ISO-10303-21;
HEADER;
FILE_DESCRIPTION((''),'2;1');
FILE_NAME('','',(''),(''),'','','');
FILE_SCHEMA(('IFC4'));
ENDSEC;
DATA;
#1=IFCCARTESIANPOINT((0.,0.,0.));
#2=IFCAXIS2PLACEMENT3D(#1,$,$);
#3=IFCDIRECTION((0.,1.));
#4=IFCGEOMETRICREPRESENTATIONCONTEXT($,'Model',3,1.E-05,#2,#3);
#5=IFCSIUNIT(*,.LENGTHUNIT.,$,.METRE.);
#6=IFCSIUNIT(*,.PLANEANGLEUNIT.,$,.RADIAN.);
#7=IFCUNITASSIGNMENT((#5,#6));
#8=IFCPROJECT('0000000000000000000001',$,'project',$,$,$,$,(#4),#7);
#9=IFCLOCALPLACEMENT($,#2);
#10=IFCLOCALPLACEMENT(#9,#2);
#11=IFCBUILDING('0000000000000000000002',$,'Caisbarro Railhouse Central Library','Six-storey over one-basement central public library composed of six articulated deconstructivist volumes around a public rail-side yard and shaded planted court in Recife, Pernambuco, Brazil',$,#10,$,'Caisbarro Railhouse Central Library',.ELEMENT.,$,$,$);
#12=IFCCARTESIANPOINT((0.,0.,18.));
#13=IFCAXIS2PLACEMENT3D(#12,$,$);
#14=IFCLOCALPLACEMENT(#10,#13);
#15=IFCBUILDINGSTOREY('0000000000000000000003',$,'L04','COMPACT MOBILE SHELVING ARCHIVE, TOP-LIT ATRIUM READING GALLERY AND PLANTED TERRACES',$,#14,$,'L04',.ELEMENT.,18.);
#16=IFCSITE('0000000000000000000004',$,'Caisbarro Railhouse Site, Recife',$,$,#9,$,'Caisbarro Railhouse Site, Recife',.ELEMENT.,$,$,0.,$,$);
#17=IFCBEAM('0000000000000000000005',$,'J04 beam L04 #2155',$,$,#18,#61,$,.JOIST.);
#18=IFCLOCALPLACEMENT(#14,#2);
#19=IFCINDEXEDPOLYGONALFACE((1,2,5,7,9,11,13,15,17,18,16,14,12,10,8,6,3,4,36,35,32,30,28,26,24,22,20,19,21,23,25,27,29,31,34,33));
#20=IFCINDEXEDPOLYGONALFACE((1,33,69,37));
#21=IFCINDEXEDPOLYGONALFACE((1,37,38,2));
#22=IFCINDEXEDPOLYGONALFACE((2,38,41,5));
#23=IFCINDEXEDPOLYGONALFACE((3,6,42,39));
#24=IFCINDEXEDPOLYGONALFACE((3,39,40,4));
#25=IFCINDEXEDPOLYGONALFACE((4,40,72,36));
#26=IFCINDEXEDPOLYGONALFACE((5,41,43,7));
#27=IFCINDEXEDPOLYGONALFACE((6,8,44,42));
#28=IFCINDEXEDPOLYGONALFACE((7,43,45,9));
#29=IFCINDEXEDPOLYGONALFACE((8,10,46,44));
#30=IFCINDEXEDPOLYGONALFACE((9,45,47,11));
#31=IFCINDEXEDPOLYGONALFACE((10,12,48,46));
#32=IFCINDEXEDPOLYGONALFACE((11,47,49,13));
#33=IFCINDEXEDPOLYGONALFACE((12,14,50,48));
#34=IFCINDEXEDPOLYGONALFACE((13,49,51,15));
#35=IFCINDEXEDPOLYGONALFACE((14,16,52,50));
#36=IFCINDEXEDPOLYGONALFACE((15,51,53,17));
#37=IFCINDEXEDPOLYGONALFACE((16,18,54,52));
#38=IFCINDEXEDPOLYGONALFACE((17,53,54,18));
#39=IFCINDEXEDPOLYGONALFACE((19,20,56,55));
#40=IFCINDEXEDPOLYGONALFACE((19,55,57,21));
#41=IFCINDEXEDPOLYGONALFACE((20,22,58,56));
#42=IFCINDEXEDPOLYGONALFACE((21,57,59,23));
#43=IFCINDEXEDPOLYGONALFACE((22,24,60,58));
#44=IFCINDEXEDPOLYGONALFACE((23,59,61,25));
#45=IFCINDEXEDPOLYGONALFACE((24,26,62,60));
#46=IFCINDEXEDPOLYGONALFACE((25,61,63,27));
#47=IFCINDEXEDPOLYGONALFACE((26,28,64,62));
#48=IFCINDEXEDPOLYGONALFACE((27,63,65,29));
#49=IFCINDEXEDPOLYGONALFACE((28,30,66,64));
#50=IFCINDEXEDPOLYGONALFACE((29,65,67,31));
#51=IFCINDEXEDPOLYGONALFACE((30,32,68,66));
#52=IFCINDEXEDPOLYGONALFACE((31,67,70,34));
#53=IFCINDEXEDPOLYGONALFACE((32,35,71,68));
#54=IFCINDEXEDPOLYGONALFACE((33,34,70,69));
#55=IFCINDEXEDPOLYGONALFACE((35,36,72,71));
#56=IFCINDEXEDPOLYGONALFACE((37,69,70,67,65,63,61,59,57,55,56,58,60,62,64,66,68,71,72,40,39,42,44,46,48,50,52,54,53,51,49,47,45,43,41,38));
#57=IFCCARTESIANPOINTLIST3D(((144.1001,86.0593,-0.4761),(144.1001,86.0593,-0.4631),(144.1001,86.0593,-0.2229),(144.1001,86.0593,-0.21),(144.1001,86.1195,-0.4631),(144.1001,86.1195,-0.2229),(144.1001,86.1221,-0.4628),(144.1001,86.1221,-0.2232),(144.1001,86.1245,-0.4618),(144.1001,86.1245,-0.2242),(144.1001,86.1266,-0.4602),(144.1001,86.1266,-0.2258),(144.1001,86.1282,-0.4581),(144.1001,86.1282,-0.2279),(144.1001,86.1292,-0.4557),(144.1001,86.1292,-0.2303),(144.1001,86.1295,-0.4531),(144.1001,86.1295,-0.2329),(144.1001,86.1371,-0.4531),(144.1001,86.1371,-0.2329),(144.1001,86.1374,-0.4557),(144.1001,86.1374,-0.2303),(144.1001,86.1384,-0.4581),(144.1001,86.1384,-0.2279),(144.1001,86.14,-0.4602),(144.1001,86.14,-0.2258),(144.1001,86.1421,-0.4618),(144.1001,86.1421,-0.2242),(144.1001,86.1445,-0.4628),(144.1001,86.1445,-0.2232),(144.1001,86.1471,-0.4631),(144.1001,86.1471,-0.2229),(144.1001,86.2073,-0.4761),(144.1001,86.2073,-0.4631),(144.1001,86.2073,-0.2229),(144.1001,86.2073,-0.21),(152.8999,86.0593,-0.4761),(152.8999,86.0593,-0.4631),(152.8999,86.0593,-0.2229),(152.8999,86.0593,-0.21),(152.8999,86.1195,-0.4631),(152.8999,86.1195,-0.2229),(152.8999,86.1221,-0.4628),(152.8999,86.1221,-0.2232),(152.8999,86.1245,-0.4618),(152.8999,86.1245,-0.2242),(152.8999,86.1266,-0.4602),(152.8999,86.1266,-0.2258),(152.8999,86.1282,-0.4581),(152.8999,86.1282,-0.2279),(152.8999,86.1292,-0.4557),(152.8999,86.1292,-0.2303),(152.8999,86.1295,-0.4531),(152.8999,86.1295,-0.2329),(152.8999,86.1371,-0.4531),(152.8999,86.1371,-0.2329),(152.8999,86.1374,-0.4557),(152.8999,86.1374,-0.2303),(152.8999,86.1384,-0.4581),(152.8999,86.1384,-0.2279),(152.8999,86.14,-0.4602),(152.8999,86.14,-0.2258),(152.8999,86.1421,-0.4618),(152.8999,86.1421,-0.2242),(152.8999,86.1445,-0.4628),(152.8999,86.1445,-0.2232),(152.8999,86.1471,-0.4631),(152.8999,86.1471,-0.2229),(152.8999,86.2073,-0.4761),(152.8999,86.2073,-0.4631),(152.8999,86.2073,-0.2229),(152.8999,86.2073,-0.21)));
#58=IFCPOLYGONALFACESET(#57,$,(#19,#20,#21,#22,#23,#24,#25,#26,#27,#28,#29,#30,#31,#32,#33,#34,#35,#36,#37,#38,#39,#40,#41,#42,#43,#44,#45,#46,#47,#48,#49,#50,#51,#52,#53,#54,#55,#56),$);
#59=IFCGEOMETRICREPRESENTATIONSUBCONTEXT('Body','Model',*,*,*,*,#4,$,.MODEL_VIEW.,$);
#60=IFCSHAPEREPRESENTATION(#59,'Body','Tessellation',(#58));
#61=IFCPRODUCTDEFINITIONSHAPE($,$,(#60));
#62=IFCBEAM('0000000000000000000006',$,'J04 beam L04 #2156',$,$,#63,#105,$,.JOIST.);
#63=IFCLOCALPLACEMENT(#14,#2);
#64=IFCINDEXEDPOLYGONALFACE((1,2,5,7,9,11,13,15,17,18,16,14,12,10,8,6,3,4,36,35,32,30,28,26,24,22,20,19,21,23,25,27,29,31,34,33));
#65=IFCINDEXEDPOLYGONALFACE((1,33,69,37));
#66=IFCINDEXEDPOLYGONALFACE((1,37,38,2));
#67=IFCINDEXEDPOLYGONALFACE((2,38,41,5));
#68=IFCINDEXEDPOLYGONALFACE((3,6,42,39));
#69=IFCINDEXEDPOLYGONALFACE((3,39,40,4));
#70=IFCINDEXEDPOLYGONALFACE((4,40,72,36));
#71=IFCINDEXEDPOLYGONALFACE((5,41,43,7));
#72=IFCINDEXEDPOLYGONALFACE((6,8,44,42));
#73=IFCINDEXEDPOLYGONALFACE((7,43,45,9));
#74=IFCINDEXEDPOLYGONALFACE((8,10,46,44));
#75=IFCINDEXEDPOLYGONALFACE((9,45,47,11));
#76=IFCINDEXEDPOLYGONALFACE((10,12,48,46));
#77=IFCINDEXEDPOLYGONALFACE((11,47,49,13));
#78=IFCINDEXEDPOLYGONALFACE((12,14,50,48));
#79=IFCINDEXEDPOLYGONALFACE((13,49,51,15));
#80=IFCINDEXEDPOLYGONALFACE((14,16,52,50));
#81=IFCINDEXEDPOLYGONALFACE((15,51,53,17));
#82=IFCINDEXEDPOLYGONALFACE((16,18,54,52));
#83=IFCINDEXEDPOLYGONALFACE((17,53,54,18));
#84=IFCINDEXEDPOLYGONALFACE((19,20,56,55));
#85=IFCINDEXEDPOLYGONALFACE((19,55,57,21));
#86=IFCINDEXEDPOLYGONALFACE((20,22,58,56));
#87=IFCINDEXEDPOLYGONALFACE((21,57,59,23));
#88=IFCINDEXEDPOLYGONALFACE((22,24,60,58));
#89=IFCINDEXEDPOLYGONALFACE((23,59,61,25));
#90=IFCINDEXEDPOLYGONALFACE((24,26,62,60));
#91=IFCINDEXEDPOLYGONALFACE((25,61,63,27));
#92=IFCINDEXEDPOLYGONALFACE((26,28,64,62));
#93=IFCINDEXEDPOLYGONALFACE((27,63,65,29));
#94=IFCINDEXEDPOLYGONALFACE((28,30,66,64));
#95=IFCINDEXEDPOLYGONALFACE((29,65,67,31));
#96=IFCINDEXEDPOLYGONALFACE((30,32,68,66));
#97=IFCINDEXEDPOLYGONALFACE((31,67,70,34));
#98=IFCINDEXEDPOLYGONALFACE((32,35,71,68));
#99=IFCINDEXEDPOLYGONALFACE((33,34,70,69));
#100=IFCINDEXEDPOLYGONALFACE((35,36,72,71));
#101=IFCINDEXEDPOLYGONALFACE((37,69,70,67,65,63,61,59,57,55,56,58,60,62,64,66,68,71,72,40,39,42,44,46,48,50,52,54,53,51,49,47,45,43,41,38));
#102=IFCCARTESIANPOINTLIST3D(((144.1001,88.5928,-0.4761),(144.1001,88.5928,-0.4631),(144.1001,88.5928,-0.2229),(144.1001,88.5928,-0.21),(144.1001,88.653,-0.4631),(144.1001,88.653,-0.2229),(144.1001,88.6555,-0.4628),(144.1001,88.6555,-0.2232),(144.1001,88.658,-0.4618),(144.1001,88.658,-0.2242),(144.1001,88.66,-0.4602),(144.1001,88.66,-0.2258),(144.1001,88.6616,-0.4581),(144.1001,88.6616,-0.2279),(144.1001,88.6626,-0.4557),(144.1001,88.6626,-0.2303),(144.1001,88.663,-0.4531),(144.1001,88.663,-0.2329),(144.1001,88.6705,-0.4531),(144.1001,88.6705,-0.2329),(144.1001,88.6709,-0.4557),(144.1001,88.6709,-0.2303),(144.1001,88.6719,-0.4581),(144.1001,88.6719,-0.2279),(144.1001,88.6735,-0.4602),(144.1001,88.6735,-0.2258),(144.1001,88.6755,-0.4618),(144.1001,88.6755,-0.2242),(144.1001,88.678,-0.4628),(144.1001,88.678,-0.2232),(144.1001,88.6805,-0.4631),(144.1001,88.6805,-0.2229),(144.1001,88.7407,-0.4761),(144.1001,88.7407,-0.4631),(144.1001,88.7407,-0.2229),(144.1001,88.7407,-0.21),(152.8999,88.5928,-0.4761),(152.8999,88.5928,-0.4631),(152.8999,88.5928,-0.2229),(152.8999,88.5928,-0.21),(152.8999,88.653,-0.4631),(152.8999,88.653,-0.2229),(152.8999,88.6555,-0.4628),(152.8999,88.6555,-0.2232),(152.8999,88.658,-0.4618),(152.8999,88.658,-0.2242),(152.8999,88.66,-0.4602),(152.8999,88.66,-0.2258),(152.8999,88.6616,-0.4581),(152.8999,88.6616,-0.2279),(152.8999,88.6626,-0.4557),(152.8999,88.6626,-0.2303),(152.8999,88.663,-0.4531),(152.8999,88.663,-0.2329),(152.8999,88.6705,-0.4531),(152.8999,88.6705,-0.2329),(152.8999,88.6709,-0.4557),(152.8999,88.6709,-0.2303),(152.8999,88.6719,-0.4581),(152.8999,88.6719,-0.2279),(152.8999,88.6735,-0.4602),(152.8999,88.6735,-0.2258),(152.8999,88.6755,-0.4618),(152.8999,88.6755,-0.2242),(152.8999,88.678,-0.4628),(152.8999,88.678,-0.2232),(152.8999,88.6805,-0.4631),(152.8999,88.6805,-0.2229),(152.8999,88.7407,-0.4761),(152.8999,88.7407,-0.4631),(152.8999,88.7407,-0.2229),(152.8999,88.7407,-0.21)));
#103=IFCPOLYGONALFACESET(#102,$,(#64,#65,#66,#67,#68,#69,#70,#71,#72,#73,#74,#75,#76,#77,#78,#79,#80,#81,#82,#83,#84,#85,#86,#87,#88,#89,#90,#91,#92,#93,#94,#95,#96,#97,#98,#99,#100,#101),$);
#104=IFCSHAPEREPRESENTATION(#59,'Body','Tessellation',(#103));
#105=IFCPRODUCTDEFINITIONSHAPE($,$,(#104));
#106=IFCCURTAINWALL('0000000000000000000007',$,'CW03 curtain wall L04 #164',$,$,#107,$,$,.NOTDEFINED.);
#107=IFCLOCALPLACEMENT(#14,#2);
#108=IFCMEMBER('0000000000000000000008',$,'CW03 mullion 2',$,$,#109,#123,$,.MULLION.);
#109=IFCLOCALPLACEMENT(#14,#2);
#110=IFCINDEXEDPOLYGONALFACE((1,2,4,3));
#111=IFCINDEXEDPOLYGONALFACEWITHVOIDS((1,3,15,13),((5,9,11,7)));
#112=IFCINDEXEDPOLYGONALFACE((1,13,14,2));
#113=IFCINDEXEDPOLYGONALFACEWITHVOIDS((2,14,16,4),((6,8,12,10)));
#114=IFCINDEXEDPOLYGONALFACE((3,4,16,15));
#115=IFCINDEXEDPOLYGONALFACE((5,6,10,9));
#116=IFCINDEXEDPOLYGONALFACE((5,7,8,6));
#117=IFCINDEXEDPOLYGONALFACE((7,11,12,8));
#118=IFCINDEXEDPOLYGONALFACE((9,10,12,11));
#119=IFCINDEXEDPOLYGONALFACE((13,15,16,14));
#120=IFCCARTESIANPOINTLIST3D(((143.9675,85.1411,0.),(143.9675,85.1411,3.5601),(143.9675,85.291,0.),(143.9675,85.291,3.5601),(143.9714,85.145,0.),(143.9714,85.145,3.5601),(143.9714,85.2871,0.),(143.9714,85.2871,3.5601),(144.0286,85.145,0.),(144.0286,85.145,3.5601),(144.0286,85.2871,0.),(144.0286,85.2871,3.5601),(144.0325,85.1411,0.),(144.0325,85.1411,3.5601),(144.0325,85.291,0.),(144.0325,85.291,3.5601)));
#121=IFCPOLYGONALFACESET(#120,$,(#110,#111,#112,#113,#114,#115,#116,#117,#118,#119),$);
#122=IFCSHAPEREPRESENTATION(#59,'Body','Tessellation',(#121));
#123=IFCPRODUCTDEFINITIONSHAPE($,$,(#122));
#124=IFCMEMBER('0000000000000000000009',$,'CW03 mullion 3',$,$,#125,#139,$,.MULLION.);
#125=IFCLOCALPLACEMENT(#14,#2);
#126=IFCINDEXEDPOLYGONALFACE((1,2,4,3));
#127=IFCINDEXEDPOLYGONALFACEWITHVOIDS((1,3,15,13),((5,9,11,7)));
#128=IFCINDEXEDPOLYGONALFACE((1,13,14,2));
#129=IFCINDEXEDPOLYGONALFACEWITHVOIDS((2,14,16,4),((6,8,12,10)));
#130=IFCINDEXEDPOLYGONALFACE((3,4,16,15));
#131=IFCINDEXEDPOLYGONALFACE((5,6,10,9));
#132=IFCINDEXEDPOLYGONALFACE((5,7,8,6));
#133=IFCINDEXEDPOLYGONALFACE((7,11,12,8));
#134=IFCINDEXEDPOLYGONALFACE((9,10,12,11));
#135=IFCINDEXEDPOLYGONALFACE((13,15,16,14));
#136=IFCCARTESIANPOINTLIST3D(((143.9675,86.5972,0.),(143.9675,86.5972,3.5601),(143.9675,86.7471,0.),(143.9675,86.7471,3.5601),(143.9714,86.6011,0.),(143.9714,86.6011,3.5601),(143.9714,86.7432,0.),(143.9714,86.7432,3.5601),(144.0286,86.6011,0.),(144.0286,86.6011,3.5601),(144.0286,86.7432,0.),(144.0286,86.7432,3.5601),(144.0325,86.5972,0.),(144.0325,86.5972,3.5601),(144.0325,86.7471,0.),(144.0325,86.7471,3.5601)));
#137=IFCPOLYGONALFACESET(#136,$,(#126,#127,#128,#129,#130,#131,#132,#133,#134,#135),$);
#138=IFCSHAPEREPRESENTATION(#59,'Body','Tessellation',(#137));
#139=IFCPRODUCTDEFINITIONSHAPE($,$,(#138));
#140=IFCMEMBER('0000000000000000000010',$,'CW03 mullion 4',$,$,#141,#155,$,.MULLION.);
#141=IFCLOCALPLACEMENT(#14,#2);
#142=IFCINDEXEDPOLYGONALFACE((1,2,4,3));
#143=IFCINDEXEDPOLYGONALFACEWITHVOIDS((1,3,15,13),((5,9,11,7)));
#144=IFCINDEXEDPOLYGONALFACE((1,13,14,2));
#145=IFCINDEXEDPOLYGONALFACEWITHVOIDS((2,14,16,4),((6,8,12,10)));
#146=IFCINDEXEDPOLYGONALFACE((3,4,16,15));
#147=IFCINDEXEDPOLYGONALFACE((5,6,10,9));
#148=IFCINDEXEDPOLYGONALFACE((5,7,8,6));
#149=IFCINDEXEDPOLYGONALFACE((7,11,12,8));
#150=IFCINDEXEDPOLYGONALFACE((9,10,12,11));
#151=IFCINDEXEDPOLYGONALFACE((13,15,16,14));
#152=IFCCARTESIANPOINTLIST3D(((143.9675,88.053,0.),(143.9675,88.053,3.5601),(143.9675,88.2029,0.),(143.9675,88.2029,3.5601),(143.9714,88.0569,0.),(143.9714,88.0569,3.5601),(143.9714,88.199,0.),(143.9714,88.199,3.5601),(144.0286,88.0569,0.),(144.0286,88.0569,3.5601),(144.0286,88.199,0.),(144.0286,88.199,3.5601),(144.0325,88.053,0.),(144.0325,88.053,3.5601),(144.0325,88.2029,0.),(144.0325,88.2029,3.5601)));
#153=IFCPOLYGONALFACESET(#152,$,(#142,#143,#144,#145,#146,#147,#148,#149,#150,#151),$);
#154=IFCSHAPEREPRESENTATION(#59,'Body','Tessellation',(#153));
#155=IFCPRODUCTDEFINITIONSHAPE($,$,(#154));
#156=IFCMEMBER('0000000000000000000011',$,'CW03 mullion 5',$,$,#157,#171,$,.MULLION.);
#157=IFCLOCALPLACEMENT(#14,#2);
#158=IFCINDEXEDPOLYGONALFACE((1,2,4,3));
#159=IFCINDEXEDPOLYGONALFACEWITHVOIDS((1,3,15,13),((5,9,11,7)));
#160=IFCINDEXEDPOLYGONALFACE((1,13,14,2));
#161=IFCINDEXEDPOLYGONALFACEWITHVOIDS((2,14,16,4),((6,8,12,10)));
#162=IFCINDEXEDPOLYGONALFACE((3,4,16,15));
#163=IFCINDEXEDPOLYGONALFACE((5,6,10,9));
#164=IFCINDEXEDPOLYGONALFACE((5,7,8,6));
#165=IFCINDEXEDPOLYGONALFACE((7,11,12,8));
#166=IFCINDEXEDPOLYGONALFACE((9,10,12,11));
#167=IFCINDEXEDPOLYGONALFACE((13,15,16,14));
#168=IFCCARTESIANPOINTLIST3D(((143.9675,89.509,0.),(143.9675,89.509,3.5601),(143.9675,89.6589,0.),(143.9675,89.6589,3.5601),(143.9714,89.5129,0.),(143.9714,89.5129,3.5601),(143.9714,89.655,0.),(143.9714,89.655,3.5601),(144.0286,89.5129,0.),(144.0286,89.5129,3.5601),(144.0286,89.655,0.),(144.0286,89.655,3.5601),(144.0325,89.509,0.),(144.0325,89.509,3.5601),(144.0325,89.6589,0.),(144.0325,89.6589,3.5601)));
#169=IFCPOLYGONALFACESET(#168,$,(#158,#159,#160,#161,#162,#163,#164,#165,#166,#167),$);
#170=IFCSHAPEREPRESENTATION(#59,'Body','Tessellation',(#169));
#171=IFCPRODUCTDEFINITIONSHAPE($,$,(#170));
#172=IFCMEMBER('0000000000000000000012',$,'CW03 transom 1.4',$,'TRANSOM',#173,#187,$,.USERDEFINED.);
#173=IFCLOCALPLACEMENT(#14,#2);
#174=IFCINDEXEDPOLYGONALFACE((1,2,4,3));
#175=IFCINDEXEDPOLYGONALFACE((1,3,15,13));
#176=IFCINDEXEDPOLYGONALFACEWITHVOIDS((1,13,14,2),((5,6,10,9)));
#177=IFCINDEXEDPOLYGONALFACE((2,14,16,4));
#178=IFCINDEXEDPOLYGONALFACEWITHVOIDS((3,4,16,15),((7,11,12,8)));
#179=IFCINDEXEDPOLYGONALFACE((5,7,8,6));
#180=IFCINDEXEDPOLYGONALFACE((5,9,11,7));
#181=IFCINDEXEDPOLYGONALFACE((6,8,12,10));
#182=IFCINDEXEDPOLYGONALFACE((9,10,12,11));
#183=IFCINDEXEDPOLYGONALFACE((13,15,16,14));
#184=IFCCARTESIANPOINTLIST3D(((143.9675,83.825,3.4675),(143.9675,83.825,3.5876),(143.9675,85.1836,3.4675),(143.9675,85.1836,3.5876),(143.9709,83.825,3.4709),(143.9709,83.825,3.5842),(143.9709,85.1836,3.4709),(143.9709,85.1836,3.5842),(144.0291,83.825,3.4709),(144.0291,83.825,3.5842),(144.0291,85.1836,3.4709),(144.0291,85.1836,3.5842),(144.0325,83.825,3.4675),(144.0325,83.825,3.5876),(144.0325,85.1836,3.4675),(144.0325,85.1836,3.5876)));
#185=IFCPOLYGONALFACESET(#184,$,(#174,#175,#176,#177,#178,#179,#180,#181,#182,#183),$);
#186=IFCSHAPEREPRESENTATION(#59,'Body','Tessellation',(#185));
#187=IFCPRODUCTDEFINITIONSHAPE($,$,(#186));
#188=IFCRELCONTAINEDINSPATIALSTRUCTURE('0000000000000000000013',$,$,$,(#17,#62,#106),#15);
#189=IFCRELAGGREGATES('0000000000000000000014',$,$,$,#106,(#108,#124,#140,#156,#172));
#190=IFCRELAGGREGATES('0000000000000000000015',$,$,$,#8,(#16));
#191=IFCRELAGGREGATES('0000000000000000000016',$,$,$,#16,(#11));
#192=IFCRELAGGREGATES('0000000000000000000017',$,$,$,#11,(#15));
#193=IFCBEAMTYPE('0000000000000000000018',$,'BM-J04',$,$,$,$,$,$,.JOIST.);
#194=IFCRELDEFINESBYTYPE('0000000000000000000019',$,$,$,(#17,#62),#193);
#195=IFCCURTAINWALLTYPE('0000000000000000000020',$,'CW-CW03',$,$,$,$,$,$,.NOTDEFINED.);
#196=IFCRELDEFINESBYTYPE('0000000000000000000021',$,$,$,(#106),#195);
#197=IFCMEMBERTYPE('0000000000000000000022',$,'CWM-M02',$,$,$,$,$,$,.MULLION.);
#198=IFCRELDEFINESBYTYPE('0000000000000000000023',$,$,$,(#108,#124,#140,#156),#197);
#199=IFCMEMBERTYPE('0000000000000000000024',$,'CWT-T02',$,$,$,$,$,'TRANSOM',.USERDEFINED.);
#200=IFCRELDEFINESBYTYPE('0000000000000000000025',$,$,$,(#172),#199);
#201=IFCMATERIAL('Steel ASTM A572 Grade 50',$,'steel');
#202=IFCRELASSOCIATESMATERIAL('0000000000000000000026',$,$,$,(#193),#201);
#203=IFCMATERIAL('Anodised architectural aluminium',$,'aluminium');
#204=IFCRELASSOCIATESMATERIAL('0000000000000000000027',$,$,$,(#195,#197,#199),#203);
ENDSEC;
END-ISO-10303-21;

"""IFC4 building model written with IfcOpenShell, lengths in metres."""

from ifc_helpers import new_model, si_unit, direction, frame, origin, origin_2d, place, context, subcontext, project, spatial, hollow_rectangle, i_section, extrude, material, material_profile, profile_set, type_object, element, aggregate, save


model = new_model("IFC4")

# Units and contexts
model_context = context("Model", 3, precision=1e-05, world=origin(), true_north=direction((0.0, 1.0)))
body_context = subcontext(model_context, "Body", "Model", "MODEL_VIEW")
ifc_project = project(units=[si_unit("LENGTHUNIT", "METRE"), si_unit("PLANEANGLEUNIT", "RADIAN")], contexts=[model_context])

# Site, building, storey
site_placement = place(None, origin())
site = spatial("IfcSite", under=ifc_project, at=site_placement, Name="Caisbarro Railhouse Site, Recife", LongName="Caisbarro Railhouse Site, Recife", CompositionType="ELEMENT", RefElevation=0.0)
building_placement = place(site_placement, origin())
building = spatial("IfcBuilding", under=site, at=building_placement, Name="Caisbarro Railhouse Central Library", Description="Six-storey over one-basement central public library composed of six articulated deconstructivist volumes around a public rail-side yard and shaded planted court in Recife, Pernambuco, Brazil", LongName="Caisbarro Railhouse Central Library", CompositionType="ELEMENT")
storey_placement = place(building_placement, frame((0.0, 0.0, 18.0)))
storey = spatial("IfcBuildingStorey", under=building, at=storey_placement, Name="L04", Description="COMPACT MOBILE SHELVING ARCHIVE, TOP-LIT ATRIUM READING GALLERY AND PLANTED TERRACES", LongName="L04", CompositionType="ELEMENT", Elevation=18.0)

# Beams
ifc_material_1 = material(Name="Steel ASTM A572 Grade 50", Category="steel")
ifc_material_profile_1 = material_profile(ifc_material_1, i_section(OverallWidth=0.1479, OverallDepth=0.2661, WebThickness=0.0076, FlangeThickness=0.0129, FilletRadius=0.01, at=origin_2d()), Name="W250X44.8")
ifc_profile_set_1 = profile_set([ifc_material_profile_1], Name="Steel ASTM A572 Grade 50")
beam_type = type_object("IfcBeamType", Name="BM-J04", PredefinedType="JOIST", material=ifc_profile_set_1)
for number, where, z_axis, x_axis, name in (
    (1, (144.1001, 86.1333, -0.343), (1.0, 0.0, 0.0), (0.0, 1.0, 0.0), "J04 beam L04 #2155"),
    (2, (144.1001, 88.6667, -0.343), (1.0, 0.0, 0.0), (0.0, 1.0, 0.0), "J04 beam L04 #2156"),
):
    element("IfcBeam", number, at=place(storey_placement, frame(where, z_axis=z_axis, x_axis=x_axis)), inside=storey, type_object=beam_type, Name=name, PredefinedType="JOIST", context=body_context, shape_type="SweptSolid", body=[
        extrude(i_section(OverallWidth=0.1479, OverallDepth=0.2661, WebThickness=0.0076, FlangeThickness=0.0129, FilletRadius=0.01, at=origin_2d()), origin(), (0.0, 0.0, 1.0), 8.7998),
    ])

# Curtain wall, members
ifc_material_2 = material(Name="Anodised architectural aluminium", Category="aluminium")
curtain_wall_type = type_object("IfcCurtainWallType", Name="CW-CW03", PredefinedType="NOTDEFINED", material=ifc_material_2)
curtain_wall_placement = place(storey_placement, origin())
curtain_wall = element("IfcCurtainWall", 3, at=curtain_wall_placement, inside=storey, type_object=curtain_wall_type, Name="CW03 curtain wall L04 #164", PredefinedType="NOTDEFINED")
ifc_material_profile_2 = material_profile(ifc_material_2, hollow_rectangle(XDim=0.0649, YDim=0.1499, WallThickness=0.0039, at=origin_2d()), Name="ALU-MUL-65X150")
ifc_profile_set_2 = profile_set([ifc_material_profile_2], Name="Anodised architectural aluminium")
member_type_1 = type_object("IfcMemberType", Name="CWM-M02", PredefinedType="MULLION", material=ifc_profile_set_2)
member_1_placement = place(storey_placement, frame((144.0, 85.2161, 0.0), z_axis=(0.0, 0.0, 1.0), x_axis=(-1.0, 0.0, 0.0)))
member_1 = element("IfcMember", 4, at=member_1_placement, type_object=member_type_1, Name="CW03 mullion 2", PredefinedType="MULLION", context=body_context, shape_type="SweptSolid", body=[
    extrude(hollow_rectangle(XDim=0.0649, YDim=0.1499, WallThickness=0.0039, at=origin_2d()), origin(), (0.0, 0.0, 1.0), 3.5601),
])
member_2_placement = place(storey_placement, frame((144.0, 86.6721, 0.0), z_axis=(0.0, 0.0, 1.0), x_axis=(-1.0, 0.0, 0.0)))
member_2 = element("IfcMember", 5, at=member_2_placement, type_object=member_type_1, Name="CW03 mullion 3", PredefinedType="MULLION", context=body_context, shape_type="SweptSolid", body=[
    extrude(hollow_rectangle(XDim=0.0649, YDim=0.1499, WallThickness=0.0039, at=origin_2d()), origin(), (0.0, 0.0, 1.0), 3.5601),
])
member_3_placement = place(storey_placement, frame((144.0, 88.1279, 0.0), z_axis=(0.0, 0.0, 1.0), x_axis=(-1.0, 0.0, 0.0)))
member_3 = element("IfcMember", 6, at=member_3_placement, type_object=member_type_1, Name="CW03 mullion 4", PredefinedType="MULLION", context=body_context, shape_type="SweptSolid", body=[
    extrude(hollow_rectangle(XDim=0.0649, YDim=0.1499, WallThickness=0.0039, at=origin_2d()), origin(), (0.0, 0.0, 1.0), 3.5601),
])
member_4_placement = place(storey_placement, frame((144.0, 89.584, 0.0), z_axis=(0.0, 0.0, 1.0), x_axis=(-1.0, 0.0, 0.0)))
member_4 = element("IfcMember", 7, at=member_4_placement, type_object=member_type_1, Name="CW03 mullion 5", PredefinedType="MULLION", context=body_context, shape_type="SweptSolid", body=[
    extrude(hollow_rectangle(XDim=0.0649, YDim=0.1499, WallThickness=0.0039, at=origin_2d()), origin(), (0.0, 0.0, 1.0), 3.5601),
])
ifc_material_profile_3 = material_profile(ifc_material_2, hollow_rectangle(XDim=0.0649, YDim=0.1201, WallThickness=0.0034, at=origin_2d()), Name="ALU-TRN-65X120")
ifc_profile_set_3 = profile_set([ifc_material_profile_3], Name="Anodised architectural aluminium")
member_type_2 = type_object("IfcMemberType", Name="CWT-T02", ElementType="TRANSOM", PredefinedType="USERDEFINED", material=ifc_profile_set_3)
member_5_placement = place(storey_placement, frame((144.0, 83.825, 3.5276), z_axis=(0.0, 1.0, 0.0), x_axis=(-1.0, 0.0, 0.0)))
member_5 = element("IfcMember", 8, at=member_5_placement, type_object=member_type_2, Name="CW03 transom 1.4", ObjectType="TRANSOM", PredefinedType="USERDEFINED", context=body_context, shape_type="SweptSolid", body=[
    extrude(hollow_rectangle(XDim=0.0649, YDim=0.1201, WallThickness=0.0034, at=origin_2d()), origin(), (0.0, 0.0, 1.0), 1.3586),
])
aggregate(curtain_wall, [member_1, member_2, member_3, member_4, member_5])

save(model, "model.ifc")
